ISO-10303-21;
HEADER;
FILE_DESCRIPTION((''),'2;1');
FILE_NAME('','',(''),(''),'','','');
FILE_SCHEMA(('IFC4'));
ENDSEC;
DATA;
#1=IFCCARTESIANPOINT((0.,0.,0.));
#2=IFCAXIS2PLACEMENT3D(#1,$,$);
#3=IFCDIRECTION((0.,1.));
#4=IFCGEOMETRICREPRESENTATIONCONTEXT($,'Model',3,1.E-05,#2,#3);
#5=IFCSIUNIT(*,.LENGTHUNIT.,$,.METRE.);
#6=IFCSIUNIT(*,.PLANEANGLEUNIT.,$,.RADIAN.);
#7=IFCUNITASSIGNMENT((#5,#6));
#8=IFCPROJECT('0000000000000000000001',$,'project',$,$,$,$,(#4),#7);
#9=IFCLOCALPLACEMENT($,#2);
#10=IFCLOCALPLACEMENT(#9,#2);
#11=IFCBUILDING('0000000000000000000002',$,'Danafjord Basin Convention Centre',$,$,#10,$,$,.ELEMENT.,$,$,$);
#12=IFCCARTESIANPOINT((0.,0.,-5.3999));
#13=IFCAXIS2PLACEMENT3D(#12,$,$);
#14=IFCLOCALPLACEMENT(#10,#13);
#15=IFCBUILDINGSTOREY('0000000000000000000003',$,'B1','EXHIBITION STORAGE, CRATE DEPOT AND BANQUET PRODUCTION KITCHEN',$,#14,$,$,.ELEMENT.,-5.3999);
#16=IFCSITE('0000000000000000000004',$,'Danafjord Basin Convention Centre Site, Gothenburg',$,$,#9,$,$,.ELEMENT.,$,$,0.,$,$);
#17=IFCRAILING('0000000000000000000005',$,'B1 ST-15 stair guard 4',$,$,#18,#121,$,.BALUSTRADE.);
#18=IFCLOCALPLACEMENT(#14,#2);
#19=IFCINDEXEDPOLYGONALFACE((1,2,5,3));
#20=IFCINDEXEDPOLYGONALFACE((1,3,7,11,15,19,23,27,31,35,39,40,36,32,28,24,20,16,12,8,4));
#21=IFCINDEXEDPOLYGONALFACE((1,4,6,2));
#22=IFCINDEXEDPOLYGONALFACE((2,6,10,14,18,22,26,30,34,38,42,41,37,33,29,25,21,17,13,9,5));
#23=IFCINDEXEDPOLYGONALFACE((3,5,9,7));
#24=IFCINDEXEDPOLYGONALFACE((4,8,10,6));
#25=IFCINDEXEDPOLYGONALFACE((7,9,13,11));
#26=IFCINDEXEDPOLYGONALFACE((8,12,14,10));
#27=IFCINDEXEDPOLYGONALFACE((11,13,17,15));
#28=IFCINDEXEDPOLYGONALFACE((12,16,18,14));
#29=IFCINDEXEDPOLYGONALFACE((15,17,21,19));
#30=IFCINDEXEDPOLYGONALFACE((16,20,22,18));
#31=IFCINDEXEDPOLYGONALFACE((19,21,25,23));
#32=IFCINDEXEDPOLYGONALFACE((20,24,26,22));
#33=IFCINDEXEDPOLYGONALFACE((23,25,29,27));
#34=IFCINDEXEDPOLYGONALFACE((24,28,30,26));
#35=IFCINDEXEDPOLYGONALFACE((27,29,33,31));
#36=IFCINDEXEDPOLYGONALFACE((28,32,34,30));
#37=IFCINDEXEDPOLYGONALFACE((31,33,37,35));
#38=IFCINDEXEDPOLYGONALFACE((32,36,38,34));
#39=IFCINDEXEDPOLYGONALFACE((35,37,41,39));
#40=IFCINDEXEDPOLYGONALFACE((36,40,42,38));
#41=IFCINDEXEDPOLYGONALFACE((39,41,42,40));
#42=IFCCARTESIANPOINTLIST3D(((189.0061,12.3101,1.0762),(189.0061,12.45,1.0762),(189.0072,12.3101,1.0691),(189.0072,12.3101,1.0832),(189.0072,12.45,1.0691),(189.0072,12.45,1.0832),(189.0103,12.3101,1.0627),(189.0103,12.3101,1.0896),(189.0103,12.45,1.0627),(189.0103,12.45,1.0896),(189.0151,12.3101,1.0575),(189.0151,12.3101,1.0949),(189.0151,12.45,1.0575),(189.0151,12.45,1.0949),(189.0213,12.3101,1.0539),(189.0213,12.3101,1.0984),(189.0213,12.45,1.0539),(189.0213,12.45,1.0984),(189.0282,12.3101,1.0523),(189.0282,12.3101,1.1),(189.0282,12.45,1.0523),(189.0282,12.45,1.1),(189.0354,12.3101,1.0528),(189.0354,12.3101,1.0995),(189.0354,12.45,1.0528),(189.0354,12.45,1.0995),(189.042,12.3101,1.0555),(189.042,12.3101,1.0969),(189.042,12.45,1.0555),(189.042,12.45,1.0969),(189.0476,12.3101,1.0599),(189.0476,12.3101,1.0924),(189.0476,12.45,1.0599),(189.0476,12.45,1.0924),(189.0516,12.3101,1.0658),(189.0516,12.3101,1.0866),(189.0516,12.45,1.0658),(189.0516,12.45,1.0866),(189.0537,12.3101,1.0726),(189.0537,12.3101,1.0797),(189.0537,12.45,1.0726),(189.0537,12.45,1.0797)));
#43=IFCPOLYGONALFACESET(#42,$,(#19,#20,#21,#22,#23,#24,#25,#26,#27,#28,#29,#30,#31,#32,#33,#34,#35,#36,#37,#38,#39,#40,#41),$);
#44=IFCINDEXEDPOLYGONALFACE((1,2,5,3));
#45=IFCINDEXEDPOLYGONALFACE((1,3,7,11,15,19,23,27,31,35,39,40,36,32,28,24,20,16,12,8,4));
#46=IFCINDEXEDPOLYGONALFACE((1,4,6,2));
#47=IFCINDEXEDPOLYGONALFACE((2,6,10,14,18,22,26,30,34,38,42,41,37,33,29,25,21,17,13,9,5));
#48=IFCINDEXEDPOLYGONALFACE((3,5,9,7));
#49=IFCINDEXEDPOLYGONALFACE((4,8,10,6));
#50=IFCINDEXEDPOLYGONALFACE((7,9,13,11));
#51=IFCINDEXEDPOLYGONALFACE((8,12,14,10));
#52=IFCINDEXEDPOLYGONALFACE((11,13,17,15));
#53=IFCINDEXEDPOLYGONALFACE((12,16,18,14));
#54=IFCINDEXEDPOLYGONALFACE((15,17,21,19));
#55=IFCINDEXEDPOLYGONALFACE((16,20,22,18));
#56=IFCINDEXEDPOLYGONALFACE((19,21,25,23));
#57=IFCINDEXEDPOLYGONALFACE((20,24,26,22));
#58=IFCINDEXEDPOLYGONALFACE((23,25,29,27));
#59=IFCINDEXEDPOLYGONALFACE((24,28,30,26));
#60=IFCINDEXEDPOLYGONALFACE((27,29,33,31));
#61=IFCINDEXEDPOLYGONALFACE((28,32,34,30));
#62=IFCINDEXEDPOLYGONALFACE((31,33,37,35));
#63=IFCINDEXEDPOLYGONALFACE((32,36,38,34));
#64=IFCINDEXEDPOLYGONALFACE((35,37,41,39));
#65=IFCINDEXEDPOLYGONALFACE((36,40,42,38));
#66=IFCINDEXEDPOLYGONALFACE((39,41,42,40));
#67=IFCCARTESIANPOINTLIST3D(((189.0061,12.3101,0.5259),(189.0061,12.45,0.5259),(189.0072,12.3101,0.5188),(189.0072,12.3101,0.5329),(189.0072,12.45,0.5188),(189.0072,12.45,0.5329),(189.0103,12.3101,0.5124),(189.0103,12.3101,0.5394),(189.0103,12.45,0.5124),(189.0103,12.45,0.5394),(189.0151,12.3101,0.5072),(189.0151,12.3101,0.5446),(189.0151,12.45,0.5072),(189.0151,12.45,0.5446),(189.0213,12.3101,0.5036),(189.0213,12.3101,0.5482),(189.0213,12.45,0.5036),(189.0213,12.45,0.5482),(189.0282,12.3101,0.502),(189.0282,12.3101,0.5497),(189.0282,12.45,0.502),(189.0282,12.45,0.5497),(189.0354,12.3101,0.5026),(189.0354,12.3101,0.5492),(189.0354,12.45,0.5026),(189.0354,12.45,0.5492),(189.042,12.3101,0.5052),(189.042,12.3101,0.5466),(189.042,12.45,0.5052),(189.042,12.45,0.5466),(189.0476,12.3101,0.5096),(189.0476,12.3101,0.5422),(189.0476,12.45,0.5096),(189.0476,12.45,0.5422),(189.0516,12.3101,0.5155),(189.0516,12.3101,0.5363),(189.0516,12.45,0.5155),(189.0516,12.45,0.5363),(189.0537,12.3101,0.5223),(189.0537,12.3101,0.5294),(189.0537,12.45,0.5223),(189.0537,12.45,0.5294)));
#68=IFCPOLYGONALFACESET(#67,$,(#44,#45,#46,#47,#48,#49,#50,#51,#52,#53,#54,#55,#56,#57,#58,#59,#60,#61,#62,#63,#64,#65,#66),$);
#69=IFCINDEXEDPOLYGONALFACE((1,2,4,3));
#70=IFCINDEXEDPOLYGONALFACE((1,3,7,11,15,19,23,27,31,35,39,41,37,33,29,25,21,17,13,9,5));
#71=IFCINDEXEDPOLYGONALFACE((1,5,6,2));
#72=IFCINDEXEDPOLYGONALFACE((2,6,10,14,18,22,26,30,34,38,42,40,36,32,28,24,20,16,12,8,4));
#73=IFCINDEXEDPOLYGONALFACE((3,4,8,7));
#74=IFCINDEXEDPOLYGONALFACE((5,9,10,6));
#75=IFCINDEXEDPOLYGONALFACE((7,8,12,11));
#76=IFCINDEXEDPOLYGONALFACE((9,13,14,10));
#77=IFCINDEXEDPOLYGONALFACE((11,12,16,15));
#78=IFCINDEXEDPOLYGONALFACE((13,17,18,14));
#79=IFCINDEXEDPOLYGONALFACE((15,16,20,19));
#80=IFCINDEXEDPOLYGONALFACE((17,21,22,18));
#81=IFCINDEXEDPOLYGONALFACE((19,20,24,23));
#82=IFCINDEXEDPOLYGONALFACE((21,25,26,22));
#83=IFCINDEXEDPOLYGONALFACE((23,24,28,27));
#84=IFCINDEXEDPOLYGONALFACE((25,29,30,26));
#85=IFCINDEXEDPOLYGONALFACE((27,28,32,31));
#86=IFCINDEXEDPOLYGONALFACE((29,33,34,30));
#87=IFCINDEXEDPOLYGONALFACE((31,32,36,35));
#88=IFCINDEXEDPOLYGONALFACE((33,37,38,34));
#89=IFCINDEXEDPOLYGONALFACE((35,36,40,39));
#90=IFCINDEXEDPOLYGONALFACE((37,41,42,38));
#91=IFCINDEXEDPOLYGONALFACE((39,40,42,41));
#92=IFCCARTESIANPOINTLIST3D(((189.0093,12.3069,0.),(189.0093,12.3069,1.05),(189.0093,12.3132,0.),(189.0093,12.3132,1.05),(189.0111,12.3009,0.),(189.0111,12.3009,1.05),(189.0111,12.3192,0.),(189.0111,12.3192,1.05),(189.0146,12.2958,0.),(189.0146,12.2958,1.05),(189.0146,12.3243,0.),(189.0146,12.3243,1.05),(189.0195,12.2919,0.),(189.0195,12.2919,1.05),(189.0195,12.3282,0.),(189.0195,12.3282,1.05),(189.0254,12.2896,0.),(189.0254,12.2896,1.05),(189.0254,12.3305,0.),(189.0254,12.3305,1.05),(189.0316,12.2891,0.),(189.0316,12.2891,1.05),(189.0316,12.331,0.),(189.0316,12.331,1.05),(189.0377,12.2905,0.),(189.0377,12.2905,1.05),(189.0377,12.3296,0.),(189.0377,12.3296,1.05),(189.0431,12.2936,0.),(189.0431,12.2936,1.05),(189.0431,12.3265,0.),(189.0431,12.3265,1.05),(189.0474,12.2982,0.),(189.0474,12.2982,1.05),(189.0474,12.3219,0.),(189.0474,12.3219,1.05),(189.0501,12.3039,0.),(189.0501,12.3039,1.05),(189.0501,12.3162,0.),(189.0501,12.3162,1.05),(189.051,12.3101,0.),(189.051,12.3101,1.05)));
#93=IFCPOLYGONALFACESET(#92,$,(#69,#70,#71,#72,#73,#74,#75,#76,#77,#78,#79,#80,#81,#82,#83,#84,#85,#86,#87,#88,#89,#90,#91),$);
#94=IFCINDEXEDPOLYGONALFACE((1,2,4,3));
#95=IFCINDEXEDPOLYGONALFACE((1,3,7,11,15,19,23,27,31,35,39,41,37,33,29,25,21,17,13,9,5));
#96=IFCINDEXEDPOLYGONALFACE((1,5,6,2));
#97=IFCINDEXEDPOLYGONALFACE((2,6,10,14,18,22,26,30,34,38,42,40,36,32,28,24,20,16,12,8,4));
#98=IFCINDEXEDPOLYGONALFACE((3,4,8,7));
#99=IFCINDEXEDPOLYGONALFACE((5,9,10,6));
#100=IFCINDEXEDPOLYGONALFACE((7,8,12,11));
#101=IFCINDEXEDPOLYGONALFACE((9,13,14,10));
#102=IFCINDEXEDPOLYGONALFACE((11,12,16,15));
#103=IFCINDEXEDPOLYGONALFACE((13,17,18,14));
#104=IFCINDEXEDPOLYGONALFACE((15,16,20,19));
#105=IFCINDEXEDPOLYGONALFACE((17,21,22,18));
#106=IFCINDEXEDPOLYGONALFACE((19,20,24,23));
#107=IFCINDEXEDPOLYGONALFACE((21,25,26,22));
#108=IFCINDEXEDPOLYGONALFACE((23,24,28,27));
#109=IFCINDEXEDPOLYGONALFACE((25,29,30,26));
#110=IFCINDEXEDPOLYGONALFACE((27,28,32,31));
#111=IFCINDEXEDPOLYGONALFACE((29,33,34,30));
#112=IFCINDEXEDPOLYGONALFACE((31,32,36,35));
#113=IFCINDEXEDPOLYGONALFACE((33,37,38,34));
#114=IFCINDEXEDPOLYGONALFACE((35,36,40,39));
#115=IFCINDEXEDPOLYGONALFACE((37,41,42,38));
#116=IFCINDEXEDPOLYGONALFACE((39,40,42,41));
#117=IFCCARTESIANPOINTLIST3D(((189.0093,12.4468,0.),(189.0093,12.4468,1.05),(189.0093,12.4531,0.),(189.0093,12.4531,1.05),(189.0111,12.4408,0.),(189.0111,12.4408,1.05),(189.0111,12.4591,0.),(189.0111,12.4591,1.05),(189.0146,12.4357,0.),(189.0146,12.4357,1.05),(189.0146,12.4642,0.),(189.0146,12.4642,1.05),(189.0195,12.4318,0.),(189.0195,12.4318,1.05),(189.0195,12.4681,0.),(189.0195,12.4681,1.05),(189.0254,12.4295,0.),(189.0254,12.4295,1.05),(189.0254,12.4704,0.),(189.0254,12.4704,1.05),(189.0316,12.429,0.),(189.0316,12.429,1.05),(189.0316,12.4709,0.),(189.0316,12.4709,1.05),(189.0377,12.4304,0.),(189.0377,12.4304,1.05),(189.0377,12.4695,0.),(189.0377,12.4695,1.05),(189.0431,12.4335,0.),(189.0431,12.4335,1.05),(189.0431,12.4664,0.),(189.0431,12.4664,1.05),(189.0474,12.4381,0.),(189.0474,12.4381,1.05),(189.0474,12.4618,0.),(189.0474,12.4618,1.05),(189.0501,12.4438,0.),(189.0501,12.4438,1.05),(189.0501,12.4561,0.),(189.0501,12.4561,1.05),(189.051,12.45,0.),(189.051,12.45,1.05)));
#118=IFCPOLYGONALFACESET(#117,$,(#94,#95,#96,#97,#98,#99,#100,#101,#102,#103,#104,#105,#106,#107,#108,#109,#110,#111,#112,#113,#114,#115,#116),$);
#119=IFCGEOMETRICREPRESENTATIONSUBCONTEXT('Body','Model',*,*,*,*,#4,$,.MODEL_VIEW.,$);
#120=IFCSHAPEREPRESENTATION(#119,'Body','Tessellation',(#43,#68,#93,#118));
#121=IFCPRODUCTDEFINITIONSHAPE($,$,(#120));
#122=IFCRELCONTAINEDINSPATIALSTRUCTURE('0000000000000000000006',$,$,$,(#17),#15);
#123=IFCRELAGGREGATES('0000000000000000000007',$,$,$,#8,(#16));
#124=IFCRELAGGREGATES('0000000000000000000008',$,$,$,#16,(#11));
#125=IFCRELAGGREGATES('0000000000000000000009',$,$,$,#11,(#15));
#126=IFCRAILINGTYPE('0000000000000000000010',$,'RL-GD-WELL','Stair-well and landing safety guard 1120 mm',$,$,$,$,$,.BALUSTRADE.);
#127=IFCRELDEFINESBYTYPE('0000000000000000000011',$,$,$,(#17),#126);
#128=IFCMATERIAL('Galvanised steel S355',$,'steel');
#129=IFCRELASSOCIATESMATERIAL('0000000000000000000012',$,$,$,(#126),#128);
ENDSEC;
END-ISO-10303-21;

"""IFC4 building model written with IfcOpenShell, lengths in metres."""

from ifc_helpers import new_model, si_unit, direction, frame, origin, origin_2d, place, context, subcontext, project, spatial, circle, extrude, material, type_object, element, save


model = new_model("IFC4")

# Units and contexts
model_context = context("Model", 3, precision=1e-05, world=origin(), true_north=direction((0.0, 1.0)))
body_context = subcontext(model_context, "Body", "Model", "MODEL_VIEW")
ifc_project = project(units=[si_unit("LENGTHUNIT", "METRE"), si_unit("PLANEANGLEUNIT", "RADIAN")], contexts=[model_context])

# Site, building, storey
site_placement = place(None, origin())
site = spatial("IfcSite", under=ifc_project, at=site_placement, Name="Danafjord Basin Convention Centre Site, Gothenburg", CompositionType="ELEMENT", RefElevation=0.0)
building_placement = place(site_placement, origin())
building = spatial("IfcBuilding", under=site, at=building_placement, Name="Danafjord Basin Convention Centre", CompositionType="ELEMENT")
storey_placement = place(building_placement, frame((0.0, 0.0, -5.3999)))
storey = spatial("IfcBuildingStorey", under=building, at=storey_placement, Name="B1", Description="EXHIBITION STORAGE, CRATE DEPOT AND BANQUET PRODUCTION KITCHEN", CompositionType="ELEMENT", Elevation=-5.3999)

# Railing
ifc_material_1 = material(Name="Galvanised steel S355", Category="steel")
railing_type_1 = type_object("IfcRailingType", Name="RL-GD-WELL", Description="Stair-well and landing safety guard 1120 mm", PredefinedType="BALUSTRADE", material=ifc_material_1)
railing_1_placement = place(storey_placement, frame((189.03, 12.3101, 0.0)))
element("IfcRailing", 1, at=railing_1_placement, inside=storey, type_object=railing_type_1, Name="B1 ST-15 stair guard 4", PredefinedType="BALUSTRADE", context=body_context, shape_type="SweptSolid", body=[
    extrude(circle(Radius=0.0239, at=origin_2d()), frame((0.0, 0.0, 1.0762), z_axis=(0.0, 1.0, 0.0), x_axis=(-1.0, 0.0, 0.0)), (0.0, 0.0, 1.0), 0.1399),
    extrude(circle(Radius=0.0239, at=origin_2d()), frame((0.0, 0.0, 0.5259), z_axis=(0.0, 1.0, 0.0), x_axis=(-1.0, 0.0, 0.0)), (0.0, 0.0, 1.0), 0.1399),
    extrude(circle(Radius=0.021, at=origin_2d()), origin(), (0.0, 0.0, 1.0), 1.05),
    extrude(circle(Radius=0.021, at=origin_2d()), frame((0.0, 0.1399, 0.0)), (0.0, 0.0, 1.0), 1.05),
])

save(model, "model.ifc")
